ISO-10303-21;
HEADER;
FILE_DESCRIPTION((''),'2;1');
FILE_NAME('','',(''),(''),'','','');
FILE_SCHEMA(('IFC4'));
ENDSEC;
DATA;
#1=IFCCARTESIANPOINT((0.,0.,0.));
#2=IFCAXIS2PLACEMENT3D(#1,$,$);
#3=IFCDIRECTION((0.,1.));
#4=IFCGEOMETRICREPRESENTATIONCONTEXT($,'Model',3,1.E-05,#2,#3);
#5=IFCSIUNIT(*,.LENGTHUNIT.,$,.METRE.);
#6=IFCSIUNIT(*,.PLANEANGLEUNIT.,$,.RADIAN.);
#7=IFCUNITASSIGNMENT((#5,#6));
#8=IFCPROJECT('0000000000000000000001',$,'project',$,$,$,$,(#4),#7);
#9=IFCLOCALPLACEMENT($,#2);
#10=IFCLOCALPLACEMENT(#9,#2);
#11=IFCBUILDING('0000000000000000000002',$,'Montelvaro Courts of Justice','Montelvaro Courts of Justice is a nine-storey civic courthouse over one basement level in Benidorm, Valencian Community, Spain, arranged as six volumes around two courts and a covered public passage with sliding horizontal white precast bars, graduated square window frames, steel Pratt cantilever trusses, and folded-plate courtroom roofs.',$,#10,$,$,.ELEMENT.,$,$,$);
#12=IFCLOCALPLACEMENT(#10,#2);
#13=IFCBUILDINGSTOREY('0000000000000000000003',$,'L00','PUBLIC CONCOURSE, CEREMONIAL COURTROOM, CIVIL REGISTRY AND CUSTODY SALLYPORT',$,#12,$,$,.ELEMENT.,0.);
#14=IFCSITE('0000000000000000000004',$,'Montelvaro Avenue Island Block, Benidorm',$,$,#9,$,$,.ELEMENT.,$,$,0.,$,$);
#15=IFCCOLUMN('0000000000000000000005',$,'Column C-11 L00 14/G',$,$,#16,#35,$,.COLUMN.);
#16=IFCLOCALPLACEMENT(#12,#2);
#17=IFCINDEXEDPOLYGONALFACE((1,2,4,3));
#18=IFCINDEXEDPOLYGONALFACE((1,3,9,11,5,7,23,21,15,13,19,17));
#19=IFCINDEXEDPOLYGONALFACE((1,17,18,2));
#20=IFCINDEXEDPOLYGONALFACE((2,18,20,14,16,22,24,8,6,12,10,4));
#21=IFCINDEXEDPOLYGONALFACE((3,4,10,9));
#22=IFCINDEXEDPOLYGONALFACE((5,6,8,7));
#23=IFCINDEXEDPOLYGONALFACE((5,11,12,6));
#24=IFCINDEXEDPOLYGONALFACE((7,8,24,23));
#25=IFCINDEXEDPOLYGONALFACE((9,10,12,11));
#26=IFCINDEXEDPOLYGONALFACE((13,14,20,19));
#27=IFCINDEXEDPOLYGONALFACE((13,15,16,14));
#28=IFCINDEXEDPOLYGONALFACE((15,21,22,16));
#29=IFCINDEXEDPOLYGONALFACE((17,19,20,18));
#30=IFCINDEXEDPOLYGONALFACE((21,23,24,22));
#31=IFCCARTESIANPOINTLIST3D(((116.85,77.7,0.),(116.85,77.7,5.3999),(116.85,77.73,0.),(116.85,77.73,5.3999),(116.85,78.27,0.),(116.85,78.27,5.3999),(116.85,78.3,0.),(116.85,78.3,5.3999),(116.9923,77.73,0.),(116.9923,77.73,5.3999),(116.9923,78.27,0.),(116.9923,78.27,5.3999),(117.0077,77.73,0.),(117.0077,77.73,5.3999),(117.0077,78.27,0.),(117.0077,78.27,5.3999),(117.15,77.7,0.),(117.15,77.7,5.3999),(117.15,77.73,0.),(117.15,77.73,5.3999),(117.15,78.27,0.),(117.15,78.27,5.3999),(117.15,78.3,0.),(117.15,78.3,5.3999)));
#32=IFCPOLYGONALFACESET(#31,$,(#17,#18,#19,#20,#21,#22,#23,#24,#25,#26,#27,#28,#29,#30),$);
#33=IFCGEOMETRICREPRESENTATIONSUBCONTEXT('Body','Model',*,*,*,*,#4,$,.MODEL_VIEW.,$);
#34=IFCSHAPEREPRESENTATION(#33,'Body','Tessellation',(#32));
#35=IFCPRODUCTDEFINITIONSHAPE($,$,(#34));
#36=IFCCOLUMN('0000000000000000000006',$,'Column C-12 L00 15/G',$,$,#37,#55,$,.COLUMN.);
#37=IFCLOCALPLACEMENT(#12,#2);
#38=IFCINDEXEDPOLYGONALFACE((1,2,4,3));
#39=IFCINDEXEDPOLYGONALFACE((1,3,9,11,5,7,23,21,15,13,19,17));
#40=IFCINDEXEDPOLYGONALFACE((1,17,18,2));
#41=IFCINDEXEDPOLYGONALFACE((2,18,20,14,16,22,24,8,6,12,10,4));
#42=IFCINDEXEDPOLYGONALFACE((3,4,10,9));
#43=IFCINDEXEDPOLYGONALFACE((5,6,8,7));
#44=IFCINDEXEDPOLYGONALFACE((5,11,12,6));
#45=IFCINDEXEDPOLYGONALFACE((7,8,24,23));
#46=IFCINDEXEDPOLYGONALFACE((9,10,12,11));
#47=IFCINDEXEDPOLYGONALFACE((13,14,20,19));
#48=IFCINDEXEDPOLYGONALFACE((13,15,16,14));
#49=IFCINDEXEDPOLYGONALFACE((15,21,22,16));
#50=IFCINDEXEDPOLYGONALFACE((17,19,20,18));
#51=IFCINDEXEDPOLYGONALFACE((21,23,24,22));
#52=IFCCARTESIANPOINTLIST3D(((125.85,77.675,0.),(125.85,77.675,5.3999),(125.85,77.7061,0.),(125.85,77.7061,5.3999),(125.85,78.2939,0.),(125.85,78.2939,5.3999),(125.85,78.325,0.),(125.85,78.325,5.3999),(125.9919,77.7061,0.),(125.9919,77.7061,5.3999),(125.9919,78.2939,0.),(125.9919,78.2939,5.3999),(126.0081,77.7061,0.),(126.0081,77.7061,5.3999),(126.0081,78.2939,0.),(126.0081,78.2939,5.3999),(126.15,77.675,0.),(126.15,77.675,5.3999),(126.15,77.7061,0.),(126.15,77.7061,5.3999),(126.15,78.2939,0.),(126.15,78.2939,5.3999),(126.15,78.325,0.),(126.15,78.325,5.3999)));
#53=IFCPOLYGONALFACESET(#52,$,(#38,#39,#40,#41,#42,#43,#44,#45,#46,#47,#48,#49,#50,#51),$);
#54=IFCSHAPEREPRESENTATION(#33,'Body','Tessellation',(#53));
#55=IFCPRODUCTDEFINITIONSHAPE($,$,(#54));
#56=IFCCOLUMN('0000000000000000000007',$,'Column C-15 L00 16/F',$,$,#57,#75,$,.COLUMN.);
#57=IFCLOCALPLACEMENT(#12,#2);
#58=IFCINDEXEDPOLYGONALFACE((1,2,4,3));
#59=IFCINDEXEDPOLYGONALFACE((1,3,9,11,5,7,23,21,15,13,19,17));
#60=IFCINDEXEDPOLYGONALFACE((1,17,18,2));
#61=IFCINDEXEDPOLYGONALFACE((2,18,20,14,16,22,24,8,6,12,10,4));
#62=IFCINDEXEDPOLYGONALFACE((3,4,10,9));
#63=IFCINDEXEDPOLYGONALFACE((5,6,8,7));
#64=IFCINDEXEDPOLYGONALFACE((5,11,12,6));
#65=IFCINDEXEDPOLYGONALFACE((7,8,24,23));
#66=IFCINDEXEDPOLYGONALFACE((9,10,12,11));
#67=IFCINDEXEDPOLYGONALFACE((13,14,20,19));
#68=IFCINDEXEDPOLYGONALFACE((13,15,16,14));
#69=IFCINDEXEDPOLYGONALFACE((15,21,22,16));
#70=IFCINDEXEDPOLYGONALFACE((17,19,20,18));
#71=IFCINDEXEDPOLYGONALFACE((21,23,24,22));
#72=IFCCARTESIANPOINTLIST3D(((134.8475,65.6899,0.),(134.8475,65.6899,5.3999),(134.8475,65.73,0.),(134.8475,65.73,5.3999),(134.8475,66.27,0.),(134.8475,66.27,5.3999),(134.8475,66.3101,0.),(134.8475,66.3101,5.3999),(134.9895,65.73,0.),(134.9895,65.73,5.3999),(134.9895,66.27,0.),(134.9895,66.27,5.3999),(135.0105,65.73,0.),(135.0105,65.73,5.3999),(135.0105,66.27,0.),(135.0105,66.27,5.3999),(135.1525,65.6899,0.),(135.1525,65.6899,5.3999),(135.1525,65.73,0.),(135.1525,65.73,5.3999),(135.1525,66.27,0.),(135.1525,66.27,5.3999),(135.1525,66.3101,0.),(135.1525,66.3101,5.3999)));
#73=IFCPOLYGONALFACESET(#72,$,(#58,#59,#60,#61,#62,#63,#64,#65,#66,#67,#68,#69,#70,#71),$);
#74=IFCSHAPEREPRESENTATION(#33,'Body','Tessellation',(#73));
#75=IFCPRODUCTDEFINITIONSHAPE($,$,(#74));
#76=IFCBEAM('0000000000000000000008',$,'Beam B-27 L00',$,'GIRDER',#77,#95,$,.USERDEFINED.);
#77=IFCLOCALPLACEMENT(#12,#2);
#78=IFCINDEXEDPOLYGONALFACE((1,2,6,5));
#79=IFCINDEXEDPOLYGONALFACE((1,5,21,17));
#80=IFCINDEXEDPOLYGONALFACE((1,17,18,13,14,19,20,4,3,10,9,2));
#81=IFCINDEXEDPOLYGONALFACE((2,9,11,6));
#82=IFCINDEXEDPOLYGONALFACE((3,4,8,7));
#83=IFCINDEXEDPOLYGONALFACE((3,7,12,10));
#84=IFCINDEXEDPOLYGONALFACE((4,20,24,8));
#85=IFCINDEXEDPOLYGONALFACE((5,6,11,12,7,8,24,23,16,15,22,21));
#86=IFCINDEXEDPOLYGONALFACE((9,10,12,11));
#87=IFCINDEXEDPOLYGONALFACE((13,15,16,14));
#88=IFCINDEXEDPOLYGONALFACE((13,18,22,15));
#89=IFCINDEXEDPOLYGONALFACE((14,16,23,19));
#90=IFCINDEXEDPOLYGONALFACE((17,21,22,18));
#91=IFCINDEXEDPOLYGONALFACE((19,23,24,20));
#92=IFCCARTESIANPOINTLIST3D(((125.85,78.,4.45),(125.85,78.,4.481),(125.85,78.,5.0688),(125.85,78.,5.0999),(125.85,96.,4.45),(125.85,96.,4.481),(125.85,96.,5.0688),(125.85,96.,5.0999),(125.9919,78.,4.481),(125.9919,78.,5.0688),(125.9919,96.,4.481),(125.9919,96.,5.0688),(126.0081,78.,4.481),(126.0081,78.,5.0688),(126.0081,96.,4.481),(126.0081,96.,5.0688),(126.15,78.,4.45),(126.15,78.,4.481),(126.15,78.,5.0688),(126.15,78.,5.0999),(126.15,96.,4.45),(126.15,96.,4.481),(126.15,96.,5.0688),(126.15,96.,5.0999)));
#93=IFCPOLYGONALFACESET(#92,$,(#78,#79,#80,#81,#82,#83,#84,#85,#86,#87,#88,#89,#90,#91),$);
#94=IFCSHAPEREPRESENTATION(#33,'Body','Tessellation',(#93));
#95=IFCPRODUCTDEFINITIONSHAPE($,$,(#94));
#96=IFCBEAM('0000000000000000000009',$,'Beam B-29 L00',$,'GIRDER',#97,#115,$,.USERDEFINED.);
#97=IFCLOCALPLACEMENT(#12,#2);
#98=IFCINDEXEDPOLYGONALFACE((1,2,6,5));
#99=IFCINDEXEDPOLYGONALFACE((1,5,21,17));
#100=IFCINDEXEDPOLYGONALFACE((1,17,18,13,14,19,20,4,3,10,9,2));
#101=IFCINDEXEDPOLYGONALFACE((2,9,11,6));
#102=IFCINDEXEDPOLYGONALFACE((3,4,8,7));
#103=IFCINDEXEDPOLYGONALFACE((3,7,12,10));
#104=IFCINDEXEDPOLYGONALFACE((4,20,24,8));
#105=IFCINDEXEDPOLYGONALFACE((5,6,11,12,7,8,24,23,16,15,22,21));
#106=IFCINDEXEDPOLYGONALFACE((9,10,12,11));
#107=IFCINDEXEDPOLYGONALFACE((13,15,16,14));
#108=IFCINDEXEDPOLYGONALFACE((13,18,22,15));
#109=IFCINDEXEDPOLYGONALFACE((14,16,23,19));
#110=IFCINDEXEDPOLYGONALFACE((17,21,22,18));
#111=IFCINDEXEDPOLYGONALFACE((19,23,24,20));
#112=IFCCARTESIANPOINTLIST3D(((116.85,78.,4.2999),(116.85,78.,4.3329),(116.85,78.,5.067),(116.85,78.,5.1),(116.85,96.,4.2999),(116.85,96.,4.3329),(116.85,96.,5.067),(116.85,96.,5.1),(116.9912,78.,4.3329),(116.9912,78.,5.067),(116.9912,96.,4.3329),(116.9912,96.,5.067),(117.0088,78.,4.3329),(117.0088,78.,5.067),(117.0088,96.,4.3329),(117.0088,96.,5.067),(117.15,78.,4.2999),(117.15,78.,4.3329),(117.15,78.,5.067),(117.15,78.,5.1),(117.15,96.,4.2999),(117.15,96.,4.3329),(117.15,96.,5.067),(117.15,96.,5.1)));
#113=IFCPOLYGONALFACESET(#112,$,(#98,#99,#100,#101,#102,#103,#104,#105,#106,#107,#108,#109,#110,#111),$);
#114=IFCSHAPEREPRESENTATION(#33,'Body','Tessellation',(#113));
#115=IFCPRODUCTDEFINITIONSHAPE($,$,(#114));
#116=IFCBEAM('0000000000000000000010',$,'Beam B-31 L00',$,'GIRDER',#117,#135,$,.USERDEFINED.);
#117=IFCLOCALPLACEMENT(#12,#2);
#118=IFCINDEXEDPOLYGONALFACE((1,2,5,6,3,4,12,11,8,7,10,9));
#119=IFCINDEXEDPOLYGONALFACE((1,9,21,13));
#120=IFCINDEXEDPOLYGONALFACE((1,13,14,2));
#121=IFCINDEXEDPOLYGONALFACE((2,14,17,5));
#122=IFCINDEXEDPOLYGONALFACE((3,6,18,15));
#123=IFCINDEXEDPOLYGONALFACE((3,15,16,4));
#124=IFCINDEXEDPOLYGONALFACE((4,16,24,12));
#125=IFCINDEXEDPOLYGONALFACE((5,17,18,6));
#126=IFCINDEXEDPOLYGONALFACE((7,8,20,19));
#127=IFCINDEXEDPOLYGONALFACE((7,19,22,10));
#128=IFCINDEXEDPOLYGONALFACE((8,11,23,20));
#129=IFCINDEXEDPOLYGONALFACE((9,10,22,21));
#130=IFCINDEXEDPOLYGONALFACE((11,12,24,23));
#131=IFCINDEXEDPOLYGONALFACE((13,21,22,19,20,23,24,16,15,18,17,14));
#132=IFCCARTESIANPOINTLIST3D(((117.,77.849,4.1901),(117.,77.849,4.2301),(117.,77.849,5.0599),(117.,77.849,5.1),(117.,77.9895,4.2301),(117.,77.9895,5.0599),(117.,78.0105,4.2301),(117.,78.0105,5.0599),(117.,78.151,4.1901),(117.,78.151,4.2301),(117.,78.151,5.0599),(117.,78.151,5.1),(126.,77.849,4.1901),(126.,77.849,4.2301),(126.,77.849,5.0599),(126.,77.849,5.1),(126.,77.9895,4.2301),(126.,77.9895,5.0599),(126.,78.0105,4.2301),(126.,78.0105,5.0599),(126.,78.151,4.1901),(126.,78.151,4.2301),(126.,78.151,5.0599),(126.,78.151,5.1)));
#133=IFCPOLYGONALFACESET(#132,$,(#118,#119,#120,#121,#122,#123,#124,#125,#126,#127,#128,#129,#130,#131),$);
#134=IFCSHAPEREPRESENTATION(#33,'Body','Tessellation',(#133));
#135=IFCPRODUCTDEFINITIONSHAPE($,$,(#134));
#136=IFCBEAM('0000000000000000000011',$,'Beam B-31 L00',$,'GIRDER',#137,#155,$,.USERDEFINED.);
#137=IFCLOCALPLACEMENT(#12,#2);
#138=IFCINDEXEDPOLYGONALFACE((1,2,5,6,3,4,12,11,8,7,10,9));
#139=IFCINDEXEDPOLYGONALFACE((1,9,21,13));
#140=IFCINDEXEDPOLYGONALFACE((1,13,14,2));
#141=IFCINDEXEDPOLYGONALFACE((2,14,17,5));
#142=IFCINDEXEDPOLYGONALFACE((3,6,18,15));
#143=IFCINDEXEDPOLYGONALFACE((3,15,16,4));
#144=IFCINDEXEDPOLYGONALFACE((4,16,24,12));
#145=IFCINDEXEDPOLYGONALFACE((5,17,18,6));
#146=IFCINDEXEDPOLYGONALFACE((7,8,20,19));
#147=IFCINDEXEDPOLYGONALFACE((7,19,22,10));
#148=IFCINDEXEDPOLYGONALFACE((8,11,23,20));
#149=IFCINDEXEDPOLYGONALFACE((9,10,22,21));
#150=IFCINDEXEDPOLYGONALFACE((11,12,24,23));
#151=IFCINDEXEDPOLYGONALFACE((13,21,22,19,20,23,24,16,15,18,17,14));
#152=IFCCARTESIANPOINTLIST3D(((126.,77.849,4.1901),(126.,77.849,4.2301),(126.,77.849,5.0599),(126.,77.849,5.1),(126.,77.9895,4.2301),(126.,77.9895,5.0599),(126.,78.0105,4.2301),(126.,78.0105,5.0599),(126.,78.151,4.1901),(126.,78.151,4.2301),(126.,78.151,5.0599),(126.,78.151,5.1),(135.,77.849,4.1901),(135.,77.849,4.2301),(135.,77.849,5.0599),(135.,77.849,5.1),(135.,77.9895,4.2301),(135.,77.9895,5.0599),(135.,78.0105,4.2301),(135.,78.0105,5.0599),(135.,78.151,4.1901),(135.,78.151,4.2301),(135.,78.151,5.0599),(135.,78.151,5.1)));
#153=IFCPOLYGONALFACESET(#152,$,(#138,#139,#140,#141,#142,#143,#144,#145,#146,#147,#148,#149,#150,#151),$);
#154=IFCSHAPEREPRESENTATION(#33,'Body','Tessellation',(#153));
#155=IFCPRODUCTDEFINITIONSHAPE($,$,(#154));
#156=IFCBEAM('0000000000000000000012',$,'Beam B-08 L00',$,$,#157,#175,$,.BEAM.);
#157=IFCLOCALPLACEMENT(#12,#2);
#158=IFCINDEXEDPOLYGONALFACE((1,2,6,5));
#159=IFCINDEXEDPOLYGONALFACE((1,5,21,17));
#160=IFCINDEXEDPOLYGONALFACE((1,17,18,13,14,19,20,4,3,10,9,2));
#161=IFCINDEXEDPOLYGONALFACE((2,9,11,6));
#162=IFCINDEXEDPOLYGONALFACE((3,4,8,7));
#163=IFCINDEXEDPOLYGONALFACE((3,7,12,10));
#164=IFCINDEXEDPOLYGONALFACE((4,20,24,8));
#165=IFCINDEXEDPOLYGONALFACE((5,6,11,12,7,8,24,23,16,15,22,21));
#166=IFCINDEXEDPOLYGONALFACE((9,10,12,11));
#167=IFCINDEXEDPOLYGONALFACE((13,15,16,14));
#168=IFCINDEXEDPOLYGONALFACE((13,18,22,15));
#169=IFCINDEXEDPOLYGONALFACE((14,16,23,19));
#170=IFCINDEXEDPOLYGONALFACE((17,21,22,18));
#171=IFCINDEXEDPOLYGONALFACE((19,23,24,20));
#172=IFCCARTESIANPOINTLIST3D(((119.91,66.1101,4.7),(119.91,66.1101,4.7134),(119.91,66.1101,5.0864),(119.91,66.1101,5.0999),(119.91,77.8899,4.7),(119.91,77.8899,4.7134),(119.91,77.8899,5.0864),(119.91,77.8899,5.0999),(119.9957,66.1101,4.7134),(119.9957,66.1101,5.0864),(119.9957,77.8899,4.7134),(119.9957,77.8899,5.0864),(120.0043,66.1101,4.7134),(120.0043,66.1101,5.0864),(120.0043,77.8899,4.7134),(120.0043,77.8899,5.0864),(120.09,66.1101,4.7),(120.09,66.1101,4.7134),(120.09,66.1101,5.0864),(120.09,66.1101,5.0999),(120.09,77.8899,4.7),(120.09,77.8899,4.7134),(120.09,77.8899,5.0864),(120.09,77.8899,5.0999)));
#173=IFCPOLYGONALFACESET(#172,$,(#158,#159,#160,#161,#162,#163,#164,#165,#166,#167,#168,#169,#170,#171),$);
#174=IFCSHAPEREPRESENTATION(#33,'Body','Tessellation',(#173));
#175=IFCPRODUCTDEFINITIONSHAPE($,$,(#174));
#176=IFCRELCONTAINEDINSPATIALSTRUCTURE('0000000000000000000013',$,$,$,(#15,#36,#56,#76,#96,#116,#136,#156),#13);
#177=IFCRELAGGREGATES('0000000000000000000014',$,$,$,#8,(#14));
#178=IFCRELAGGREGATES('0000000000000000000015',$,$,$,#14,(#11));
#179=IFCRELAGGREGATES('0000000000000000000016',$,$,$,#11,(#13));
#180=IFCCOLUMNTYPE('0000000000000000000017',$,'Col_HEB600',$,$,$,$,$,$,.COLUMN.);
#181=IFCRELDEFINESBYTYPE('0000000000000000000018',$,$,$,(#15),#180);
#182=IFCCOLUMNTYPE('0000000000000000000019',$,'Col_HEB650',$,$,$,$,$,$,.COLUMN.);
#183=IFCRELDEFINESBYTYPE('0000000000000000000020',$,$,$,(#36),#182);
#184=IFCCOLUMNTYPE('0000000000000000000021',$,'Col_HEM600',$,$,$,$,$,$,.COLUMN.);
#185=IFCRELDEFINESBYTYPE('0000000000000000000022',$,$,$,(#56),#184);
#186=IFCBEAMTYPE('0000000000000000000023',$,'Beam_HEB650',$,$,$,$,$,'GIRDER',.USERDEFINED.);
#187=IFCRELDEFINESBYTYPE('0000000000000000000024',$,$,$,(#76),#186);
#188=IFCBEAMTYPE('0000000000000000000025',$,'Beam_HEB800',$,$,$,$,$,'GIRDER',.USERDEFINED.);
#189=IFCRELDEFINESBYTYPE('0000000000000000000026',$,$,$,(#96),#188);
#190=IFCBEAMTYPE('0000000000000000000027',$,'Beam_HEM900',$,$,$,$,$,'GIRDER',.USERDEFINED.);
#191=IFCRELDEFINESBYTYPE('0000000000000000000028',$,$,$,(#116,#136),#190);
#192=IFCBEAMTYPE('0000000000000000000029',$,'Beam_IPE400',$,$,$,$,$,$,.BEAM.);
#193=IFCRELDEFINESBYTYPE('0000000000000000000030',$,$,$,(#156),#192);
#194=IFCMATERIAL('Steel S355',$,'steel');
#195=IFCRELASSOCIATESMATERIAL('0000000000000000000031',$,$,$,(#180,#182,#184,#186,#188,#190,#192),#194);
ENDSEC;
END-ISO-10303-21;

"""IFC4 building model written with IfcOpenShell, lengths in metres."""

from ifc_helpers import new_model, si_unit, direction, frame, origin, origin_2d, place, context, subcontext, project, spatial, i_section, extrude, material, material_profile, profile_set, type_object, element, save


model = new_model("IFC4")

# Units and contexts
model_context = context("Model", 3, precision=1e-05, world=origin(), true_north=direction((0.0, 1.0)))
body_context = subcontext(model_context, "Body", "Model", "MODEL_VIEW")
ifc_project = project(units=[si_unit("LENGTHUNIT", "METRE"), si_unit("PLANEANGLEUNIT", "RADIAN")], contexts=[model_context])

# Site, building, storey
site_placement = place(None, origin())
site = spatial("IfcSite", under=ifc_project, at=site_placement, Name="Montelvaro Avenue Island Block, Benidorm", CompositionType="ELEMENT", RefElevation=0.0)
building_placement = place(site_placement, origin())
building = spatial("IfcBuilding", under=site, at=building_placement, Name="Montelvaro Courts of Justice", Description="Montelvaro Courts of Justice is a nine-storey civic courthouse over one basement level in Benidorm, Valencian Community, Spain, arranged as six volumes around two courts and a covered public passage with sliding horizontal white precast bars, graduated square window frames, steel Pratt cantilever trusses, and folded-plate courtroom roofs.", CompositionType="ELEMENT")
storey_placement = place(building_placement, origin())
storey = spatial("IfcBuildingStorey", under=building, at=storey_placement, Name="L00", Description="PUBLIC CONCOURSE, CEREMONIAL COURTROOM, CIVIL REGISTRY AND CUSTODY SALLYPORT", CompositionType="ELEMENT", Elevation=0.0)

# Columns
ifc_material_1 = material(Name="Steel S355", Category="steel")
ifc_material_profile_1 = material_profile(ifc_material_1, i_section(OverallWidth=0.3, OverallDepth=0.6001, WebThickness=0.0154, FlangeThickness=0.03, at=origin_2d()), Name="HEB 600")
ifc_profile_set_1 = profile_set([ifc_material_profile_1], Name="Steel S355")
column_type_1 = type_object("IfcColumnType", Name="Col_HEB600", PredefinedType="COLUMN", material=ifc_profile_set_1)
column_1_placement = place(storey_placement, frame((117.0, 78.0, 0.0), z_axis=(0.0, 0.0, 1.0), x_axis=(1.0, 0.0, 0.0)))
element("IfcColumn", 1, at=column_1_placement, inside=storey, type_object=column_type_1, Name="Column C-11 L00 14/G", PredefinedType="COLUMN", context=body_context, shape_type="SweptSolid", body=[
    extrude(i_section(OverallWidth=0.3, OverallDepth=0.6001, WebThickness=0.0154, FlangeThickness=0.03, at=origin_2d()), origin(), (0.0, 0.0, 1.0), 5.3999),
])
ifc_material_profile_2 = material_profile(ifc_material_1, i_section(OverallWidth=0.3, OverallDepth=0.6499, WebThickness=0.0161, FlangeThickness=0.031, at=origin_2d()), Name="HEB 650")
ifc_profile_set_2 = profile_set([ifc_material_profile_2], Name="Steel S355")
column_type_2 = type_object("IfcColumnType", Name="Col_HEB650", PredefinedType="COLUMN", material=ifc_profile_set_2)
column_2_placement = place(storey_placement, frame((126.0, 78.0, 0.0), z_axis=(0.0, 0.0, 1.0), x_axis=(1.0, 0.0, 0.0)))
element("IfcColumn", 2, at=column_2_placement, inside=storey, type_object=column_type_2, Name="Column C-12 L00 15/G", PredefinedType="COLUMN", context=body_context, shape_type="SweptSolid", body=[
    extrude(i_section(OverallWidth=0.3, OverallDepth=0.6499, WebThickness=0.0161, FlangeThickness=0.031, at=origin_2d()), origin(), (0.0, 0.0, 1.0), 5.3999),
])
ifc_material_profile_3 = material_profile(ifc_material_1, i_section(OverallWidth=0.3049, OverallDepth=0.6201, WebThickness=0.021, FlangeThickness=0.04, at=origin_2d()), Name="HEM 600")
ifc_profile_set_3 = profile_set([ifc_material_profile_3], Name="Steel S355")
column_type_3 = type_object("IfcColumnType", Name="Col_HEM600", PredefinedType="COLUMN", material=ifc_profile_set_3)
column_3_placement = place(storey_placement, frame((135.0, 66.0, 0.0), z_axis=(0.0, 0.0, 1.0), x_axis=(1.0, 0.0, 0.0)))
element("IfcColumn", 3, at=column_3_placement, inside=storey, type_object=column_type_3, Name="Column C-15 L00 16/F", PredefinedType="COLUMN", context=body_context, shape_type="SweptSolid", body=[
    extrude(i_section(OverallWidth=0.3049, OverallDepth=0.6201, WebThickness=0.021, FlangeThickness=0.04, at=origin_2d()), origin(), (0.0, 0.0, 1.0), 5.3999),
])

# Beams
ifc_material_profile_4 = material_profile(ifc_material_1, i_section(OverallWidth=0.3, OverallDepth=0.6499, WebThickness=0.0161, FlangeThickness=0.031, at=origin_2d()), Name="HEB 650")
ifc_profile_set_4 = profile_set([ifc_material_profile_4], Name="Steel S355")
beam_type_1 = type_object("IfcBeamType", Name="Beam_HEB650", ElementType="GIRDER", PredefinedType="USERDEFINED", material=ifc_profile_set_4)
beam_1_placement = place(storey_placement, frame((126.0, 78.0, 4.7749), z_axis=(0.0, 1.0, 0.0), x_axis=(-1.0, 0.0, 0.0)))
element("IfcBeam", 4, at=beam_1_placement, inside=storey, type_object=beam_type_1, Name="Beam B-27 L00", ObjectType="GIRDER", PredefinedType="USERDEFINED", context=body_context, shape_type="SweptSolid", body=[
    extrude(i_section(OverallWidth=0.3, OverallDepth=0.6499, WebThickness=0.0161, FlangeThickness=0.031, at=origin_2d()), origin(), (0.0, 0.0, 1.0), 18.0),
])
ifc_material_profile_5 = material_profile(ifc_material_1, i_section(OverallWidth=0.3, OverallDepth=0.8, WebThickness=0.0176, FlangeThickness=0.033, at=origin_2d()), Name="HEB 800")
ifc_profile_set_5 = profile_set([ifc_material_profile_5], Name="Steel S355")
beam_type_2 = type_object("IfcBeamType", Name="Beam_HEB800", ElementType="GIRDER", PredefinedType="USERDEFINED", material=ifc_profile_set_5)
beam_2_placement = place(storey_placement, frame((117.0, 78.0, 4.7), z_axis=(0.0, 1.0, 0.0), x_axis=(-1.0, 0.0, 0.0)))
element("IfcBeam", 5, at=beam_2_placement, inside=storey, type_object=beam_type_2, Name="Beam B-29 L00", ObjectType="GIRDER", PredefinedType="USERDEFINED", context=body_context, shape_type="SweptSolid", body=[
    extrude(i_section(OverallWidth=0.3, OverallDepth=0.8, WebThickness=0.0176, FlangeThickness=0.033, at=origin_2d()), origin(), (0.0, 0.0, 1.0), 18.0),
])
ifc_material_profile_6 = material_profile(ifc_material_1, i_section(OverallWidth=0.302, OverallDepth=0.9099, WebThickness=0.021, FlangeThickness=0.04, at=origin_2d()), Name="HEM 900")
ifc_profile_set_6 = profile_set([ifc_material_profile_6], Name="Steel S355")
beam_type_3 = type_object("IfcBeamType", Name="Beam_HEM900", ElementType="GIRDER", PredefinedType="USERDEFINED", material=ifc_profile_set_6)
for number, where, z_axis, x_axis, name in (
    (6, (117.0, 78.0, 4.645), (1.0, 0.0, 0.0), (0.0, 1.0, 0.0), "Beam B-31 L00"),
    (7, (126.0, 78.0, 4.645), (1.0, 0.0, 0.0), (0.0, 1.0, 0.0), "Beam B-31 L00"),
):
    element("IfcBeam", number, at=place(storey_placement, frame(where, z_axis=z_axis, x_axis=x_axis)), inside=storey, type_object=beam_type_3, Name=name, ObjectType="GIRDER", PredefinedType="USERDEFINED", context=body_context, shape_type="SweptSolid", body=[
        extrude(i_section(OverallWidth=0.302, OverallDepth=0.9099, WebThickness=0.021, FlangeThickness=0.04, at=origin_2d()), origin(), (0.0, 0.0, 1.0), 9.0),
    ])
ifc_material_profile_7 = material_profile(ifc_material_1, i_section(OverallWidth=0.1799, OverallDepth=0.3999, WebThickness=0.0085, FlangeThickness=0.0134, at=origin_2d()), Name="IPE 400")
ifc_profile_set_7 = profile_set([ifc_material_profile_7], Name="Steel S355")
beam_type_4 = type_object("IfcBeamType", Name="Beam_IPE400", PredefinedType="BEAM", material=ifc_profile_set_7)
beam_3_placement = place(storey_placement, frame((120.0, 66.1101, 4.8999), z_axis=(0.0, 1.0, 0.0), x_axis=(-1.0, 0.0, 0.0)))
element("IfcBeam", 8, at=beam_3_placement, inside=storey, type_object=beam_type_4, Name="Beam B-08 L00", PredefinedType="BEAM", context=body_context, shape_type="SweptSolid", body=[
    extrude(i_section(OverallWidth=0.1799, OverallDepth=0.3999, WebThickness=0.0085, FlangeThickness=0.0134, at=origin_2d()), origin(), (0.0, 0.0, 1.0), 11.7798),
])

save(model, "model.ifc")
